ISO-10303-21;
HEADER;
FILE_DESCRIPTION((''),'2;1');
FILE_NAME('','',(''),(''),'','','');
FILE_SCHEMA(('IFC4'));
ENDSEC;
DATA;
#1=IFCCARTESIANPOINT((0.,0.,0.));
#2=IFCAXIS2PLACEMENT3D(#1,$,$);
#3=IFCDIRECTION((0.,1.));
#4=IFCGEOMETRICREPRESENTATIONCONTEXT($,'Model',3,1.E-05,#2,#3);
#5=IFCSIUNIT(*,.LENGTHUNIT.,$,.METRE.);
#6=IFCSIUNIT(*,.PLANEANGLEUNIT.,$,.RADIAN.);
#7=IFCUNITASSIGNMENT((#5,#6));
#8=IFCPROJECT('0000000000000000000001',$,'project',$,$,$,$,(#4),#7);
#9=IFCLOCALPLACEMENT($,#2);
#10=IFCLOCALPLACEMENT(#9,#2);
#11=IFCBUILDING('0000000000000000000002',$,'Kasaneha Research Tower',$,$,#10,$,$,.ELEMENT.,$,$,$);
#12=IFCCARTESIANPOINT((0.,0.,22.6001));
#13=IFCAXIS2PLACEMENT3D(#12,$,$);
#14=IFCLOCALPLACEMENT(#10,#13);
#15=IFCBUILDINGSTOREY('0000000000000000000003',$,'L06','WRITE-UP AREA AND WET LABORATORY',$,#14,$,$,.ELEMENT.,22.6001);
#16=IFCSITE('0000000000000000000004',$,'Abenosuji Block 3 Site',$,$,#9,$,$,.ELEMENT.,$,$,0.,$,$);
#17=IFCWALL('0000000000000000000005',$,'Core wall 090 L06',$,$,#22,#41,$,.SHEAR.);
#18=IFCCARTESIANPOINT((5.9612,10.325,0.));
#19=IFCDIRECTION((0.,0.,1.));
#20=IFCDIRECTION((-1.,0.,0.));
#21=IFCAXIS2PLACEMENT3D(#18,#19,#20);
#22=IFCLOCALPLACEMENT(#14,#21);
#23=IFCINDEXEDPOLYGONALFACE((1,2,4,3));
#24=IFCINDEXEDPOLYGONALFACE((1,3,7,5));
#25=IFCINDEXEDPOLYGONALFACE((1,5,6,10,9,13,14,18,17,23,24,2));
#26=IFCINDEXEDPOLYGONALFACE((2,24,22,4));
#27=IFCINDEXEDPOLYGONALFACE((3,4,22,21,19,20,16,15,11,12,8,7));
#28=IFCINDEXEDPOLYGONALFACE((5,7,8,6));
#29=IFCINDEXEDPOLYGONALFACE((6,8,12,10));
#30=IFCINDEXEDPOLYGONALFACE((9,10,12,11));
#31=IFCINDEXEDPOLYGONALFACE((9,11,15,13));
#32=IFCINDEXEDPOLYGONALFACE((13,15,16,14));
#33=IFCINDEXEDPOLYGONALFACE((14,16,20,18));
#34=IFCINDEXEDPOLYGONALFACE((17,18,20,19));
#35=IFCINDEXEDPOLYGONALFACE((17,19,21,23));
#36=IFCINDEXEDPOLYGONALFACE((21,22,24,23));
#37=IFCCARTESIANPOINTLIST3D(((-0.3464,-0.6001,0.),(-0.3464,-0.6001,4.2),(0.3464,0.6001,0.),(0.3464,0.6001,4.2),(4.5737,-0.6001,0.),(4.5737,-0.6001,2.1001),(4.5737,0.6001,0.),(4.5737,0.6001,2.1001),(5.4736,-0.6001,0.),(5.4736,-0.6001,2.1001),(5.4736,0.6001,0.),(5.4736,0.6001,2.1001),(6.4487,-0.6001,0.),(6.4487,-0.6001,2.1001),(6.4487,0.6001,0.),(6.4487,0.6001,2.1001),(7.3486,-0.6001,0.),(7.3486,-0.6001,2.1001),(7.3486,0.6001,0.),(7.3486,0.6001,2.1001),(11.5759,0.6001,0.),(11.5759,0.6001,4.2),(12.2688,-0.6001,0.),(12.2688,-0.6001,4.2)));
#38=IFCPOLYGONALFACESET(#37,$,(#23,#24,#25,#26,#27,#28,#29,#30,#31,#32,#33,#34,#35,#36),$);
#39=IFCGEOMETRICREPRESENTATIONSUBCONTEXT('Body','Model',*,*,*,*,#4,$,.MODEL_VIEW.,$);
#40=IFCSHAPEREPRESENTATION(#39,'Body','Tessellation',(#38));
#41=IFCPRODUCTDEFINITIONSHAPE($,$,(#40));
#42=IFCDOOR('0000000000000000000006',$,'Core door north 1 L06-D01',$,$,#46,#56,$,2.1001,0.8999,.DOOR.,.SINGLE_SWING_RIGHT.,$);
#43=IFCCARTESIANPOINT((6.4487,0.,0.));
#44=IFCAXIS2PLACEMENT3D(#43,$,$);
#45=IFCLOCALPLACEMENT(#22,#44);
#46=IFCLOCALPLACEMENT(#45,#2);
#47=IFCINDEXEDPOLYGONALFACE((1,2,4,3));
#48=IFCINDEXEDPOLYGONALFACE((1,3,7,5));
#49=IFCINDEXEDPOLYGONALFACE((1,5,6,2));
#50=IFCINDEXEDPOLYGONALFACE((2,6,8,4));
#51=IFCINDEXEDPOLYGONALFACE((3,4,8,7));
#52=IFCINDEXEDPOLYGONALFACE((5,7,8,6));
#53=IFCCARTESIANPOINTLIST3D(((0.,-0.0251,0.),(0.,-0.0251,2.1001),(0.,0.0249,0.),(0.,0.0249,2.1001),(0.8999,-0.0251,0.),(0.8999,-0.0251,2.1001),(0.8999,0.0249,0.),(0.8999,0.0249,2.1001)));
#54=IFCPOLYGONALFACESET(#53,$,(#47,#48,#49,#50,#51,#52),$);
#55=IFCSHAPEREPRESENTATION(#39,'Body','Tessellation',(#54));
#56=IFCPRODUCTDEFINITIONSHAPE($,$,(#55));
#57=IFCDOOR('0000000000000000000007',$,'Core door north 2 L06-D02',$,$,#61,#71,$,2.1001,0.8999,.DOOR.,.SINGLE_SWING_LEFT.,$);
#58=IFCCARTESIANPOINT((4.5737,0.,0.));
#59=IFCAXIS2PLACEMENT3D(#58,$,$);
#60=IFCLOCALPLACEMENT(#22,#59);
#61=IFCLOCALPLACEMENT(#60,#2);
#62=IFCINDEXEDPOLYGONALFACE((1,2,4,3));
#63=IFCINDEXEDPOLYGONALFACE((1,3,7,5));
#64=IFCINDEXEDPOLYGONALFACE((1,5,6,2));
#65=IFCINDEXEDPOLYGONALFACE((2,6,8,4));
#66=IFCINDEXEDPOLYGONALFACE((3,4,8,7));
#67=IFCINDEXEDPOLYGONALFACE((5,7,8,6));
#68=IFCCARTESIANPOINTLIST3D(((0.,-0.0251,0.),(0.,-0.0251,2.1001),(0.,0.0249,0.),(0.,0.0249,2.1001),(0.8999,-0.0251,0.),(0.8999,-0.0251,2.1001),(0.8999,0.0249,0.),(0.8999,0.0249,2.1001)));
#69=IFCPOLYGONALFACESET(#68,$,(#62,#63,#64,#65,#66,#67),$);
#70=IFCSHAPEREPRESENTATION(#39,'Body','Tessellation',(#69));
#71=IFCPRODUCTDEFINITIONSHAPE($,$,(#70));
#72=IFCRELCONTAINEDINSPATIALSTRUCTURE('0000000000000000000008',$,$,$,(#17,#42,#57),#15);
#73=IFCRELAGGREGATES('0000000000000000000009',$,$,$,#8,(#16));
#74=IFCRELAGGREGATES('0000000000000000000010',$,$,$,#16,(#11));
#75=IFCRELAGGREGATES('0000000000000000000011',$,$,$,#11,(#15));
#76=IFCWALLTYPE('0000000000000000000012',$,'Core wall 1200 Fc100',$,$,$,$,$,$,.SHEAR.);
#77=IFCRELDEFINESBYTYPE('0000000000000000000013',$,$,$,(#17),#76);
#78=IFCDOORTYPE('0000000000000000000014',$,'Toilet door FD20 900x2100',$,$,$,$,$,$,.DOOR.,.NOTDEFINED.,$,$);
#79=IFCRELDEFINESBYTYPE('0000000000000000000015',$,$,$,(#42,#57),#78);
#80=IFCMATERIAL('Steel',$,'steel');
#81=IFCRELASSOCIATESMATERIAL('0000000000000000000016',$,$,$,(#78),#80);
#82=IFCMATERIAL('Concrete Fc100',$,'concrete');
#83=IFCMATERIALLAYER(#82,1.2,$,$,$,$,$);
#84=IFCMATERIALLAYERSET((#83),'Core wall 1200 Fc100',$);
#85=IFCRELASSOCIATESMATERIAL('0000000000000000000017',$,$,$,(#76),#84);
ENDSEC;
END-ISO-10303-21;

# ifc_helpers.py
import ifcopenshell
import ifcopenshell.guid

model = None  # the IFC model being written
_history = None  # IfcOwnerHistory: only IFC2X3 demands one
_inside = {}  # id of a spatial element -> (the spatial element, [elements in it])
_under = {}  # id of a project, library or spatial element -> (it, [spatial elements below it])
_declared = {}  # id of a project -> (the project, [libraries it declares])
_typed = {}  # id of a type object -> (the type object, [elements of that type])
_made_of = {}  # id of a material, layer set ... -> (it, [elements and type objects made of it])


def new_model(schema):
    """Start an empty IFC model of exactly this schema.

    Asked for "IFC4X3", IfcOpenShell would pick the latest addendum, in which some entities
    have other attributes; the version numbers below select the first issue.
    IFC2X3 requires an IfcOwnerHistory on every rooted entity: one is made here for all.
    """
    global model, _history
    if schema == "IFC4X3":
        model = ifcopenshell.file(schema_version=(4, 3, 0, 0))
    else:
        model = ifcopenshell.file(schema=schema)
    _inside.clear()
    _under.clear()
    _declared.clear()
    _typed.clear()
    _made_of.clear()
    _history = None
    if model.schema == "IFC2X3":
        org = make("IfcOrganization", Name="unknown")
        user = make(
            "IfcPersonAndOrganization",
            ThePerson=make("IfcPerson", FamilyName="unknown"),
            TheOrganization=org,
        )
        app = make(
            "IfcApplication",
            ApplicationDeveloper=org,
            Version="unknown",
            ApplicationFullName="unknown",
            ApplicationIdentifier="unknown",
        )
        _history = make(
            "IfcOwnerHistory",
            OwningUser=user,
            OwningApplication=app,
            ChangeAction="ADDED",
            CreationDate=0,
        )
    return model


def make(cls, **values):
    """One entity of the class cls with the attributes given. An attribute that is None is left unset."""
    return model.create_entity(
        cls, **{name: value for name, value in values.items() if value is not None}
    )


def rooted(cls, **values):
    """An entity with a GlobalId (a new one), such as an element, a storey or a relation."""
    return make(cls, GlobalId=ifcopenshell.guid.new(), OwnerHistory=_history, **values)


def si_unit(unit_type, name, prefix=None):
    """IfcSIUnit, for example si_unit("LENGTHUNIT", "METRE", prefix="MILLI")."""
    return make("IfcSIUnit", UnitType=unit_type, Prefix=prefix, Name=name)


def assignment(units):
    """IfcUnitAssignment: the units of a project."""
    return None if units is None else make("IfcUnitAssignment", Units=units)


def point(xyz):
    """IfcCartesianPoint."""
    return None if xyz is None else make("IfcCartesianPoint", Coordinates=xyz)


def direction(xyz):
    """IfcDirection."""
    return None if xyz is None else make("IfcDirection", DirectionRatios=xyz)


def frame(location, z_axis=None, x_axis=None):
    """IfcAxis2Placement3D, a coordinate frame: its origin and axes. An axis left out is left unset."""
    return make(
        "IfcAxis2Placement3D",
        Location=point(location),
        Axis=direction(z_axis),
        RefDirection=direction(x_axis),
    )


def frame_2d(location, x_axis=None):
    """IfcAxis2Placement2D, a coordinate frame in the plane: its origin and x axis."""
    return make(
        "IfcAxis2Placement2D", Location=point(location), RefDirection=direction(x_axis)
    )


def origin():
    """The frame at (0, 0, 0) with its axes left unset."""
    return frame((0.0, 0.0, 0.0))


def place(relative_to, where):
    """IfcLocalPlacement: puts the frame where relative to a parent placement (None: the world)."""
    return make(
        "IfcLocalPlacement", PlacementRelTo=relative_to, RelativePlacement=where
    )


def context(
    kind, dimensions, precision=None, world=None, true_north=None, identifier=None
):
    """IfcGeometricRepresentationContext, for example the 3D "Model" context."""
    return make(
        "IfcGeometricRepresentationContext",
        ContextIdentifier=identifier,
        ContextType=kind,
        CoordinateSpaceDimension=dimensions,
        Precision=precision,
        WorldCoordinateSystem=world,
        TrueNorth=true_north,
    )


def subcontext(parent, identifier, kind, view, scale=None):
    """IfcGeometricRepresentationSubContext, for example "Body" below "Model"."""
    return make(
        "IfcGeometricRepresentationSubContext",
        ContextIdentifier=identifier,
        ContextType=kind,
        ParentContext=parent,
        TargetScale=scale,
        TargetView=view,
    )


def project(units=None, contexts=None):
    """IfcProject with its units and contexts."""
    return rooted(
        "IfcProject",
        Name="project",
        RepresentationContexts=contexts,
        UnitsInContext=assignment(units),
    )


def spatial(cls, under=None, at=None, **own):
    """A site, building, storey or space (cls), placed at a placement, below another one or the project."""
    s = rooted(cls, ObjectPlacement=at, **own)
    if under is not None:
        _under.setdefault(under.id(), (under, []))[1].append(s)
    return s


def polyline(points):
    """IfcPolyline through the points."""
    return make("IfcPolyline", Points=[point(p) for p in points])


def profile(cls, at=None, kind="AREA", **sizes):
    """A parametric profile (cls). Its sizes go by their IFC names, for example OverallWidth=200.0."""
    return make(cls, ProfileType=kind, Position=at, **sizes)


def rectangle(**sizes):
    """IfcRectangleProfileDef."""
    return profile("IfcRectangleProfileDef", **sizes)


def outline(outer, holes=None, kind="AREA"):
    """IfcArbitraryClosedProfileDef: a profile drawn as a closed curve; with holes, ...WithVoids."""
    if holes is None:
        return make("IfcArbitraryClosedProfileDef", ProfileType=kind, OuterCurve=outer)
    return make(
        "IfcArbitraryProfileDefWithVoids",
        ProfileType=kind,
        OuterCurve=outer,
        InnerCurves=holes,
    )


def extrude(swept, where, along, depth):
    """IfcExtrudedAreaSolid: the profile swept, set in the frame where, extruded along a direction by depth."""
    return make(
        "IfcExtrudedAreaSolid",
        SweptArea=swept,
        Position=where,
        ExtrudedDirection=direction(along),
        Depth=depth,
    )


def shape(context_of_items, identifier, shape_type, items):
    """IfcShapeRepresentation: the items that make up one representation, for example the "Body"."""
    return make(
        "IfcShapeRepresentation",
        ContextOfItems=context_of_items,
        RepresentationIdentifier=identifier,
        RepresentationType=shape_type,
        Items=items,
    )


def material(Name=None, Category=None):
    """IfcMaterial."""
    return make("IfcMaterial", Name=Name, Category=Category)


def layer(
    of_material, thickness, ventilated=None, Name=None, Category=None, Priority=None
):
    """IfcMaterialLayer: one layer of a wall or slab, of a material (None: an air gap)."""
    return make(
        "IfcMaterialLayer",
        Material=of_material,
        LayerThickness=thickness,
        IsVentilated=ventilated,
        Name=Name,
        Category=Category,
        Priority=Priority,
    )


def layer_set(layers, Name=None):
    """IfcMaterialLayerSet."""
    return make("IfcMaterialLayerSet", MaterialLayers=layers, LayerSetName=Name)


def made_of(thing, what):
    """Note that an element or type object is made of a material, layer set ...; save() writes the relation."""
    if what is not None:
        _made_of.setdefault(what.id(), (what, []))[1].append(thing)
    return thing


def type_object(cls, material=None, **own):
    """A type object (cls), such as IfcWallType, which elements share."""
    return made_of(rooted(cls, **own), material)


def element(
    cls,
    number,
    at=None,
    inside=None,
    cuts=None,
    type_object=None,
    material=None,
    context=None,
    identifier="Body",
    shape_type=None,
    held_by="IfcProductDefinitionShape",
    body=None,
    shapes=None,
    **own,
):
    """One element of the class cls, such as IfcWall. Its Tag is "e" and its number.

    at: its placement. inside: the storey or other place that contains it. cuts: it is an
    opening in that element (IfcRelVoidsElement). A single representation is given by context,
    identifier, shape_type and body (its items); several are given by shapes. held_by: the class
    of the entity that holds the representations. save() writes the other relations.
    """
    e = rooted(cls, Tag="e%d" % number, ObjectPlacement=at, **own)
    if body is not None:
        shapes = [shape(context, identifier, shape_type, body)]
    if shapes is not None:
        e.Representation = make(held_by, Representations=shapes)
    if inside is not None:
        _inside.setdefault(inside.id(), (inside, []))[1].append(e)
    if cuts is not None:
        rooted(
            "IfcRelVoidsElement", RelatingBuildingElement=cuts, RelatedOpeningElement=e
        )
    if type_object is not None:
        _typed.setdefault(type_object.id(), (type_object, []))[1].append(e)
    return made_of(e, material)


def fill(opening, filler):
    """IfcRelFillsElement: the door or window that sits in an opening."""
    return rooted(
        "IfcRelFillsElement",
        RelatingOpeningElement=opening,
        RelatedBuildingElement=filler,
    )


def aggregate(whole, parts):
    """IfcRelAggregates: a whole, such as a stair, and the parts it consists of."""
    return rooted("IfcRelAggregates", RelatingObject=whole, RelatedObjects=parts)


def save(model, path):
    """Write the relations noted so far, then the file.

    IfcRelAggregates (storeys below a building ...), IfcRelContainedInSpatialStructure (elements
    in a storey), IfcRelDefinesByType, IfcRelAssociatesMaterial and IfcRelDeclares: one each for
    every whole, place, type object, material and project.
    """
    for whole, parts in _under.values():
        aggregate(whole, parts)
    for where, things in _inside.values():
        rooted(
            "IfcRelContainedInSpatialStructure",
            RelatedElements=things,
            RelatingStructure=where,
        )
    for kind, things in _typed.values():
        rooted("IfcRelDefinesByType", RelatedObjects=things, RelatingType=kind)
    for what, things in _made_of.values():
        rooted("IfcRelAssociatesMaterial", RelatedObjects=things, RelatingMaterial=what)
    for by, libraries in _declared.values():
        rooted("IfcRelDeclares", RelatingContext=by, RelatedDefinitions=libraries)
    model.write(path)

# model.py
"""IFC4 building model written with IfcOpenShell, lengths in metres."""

from ifc_helpers import new_model, si_unit, direction, frame, frame_2d, origin, place, context, subcontext, project, spatial, polyline, rectangle, outline, extrude, material, layer, layer_set, type_object, element, fill, save


model = new_model("IFC4")

# Units and contexts
model_context = context("Model", 3, precision=1e-05, world=origin(), true_north=direction((0.0, 1.0)))
body_context = subcontext(model_context, "Body", "Model", "MODEL_VIEW")
ifc_project = project(units=[si_unit("LENGTHUNIT", "METRE"), si_unit("PLANEANGLEUNIT", "RADIAN")], contexts=[model_context])

# Site, building, storey
site_placement = place(None, origin())
site = spatial("IfcSite", under=ifc_project, at=site_placement, Name="Abenosuji Block 3 Site", CompositionType="ELEMENT", RefElevation=0.0)
building_placement = place(site_placement, origin())
building = spatial("IfcBuilding", under=site, at=building_placement, Name="Kasaneha Research Tower", CompositionType="ELEMENT")
storey_placement = place(building_placement, frame((0.0, 0.0, 22.6001)))
storey = spatial("IfcBuildingStorey", under=building, at=storey_placement, Name="L06", Description="WRITE-UP AREA AND WET LABORATORY", CompositionType="ELEMENT", Elevation=22.6001)

# Shared definitions
ifc_material_1 = material(Name="Steel", Category="steel")
door_type_1 = type_object("IfcDoorType", Name="Toilet door FD20 900x2100", OperationType="NOTDEFINED", PredefinedType="DOOR", material=ifc_material_1)

# Wall, openings, doors
ifc_material_2 = material(Name="Concrete Fc100", Category="concrete")
ifc_layer_1 = layer(ifc_material_2, 1.2)
ifc_layer_set_1 = layer_set([ifc_layer_1], Name="Core wall 1200 Fc100")
wall_type_1 = type_object("IfcWallType", Name="Core wall 1200 Fc100", PredefinedType="SHEAR", material=ifc_layer_set_1)
wall_1_placement = place(storey_placement, frame((5.9612, 10.325, 0.0), z_axis=(0.0, 0.0, 1.0), x_axis=(-1.0, 0.0, 0.0)))
wall_1 = element("IfcWall", 1, at=wall_1_placement, inside=storey, type_object=wall_type_1, Name="Core wall 090 L06", PredefinedType="SHEAR", context=body_context, shape_type="SweptSolid", body=[
    extrude(outline(polyline([(-0.3464, -0.6001), (4.5737, -0.6001), (5.4736, -0.6001), (6.4487, -0.6001), (7.3486, -0.6001), (12.2688, -0.6001), (11.5759, 0.6001), (7.3486, 0.6001), (6.4487, 0.6001), (5.4736, 0.6001), (4.5737, 0.6001), (0.3464, 0.6001), (-0.3464, -0.6001)])), origin(), (0.0, 0.0, 1.0), 4.2),
])
opening_1_placement = place(wall_1_placement, frame((6.4487, 0.0, 0.0)))
opening_1 = element("IfcOpeningElement", 2, at=opening_1_placement, cuts=wall_1, PredefinedType="OPENING", context=body_context, shape_type="SweptSolid", body=[
    extrude(rectangle(XDim=0.8999, YDim=2.1001, at=frame_2d((0.45, 1.05))), frame((0.0, 0.6099, 0.0), z_axis=(0.0, -1.0, 0.0), x_axis=(1.0, 0.0, 0.0)), (0.0, 0.0, 1.0), 1.22),
])
opening_2_placement = place(wall_1_placement, frame((4.5737, 0.0, 0.0)))
opening_2 = element("IfcOpeningElement", 3, at=opening_2_placement, cuts=wall_1, PredefinedType="OPENING", context=body_context, shape_type="SweptSolid", body=[
    extrude(rectangle(XDim=0.8999, YDim=2.1001, at=frame_2d((0.45, 1.05))), frame((0.0, 0.6099, 0.0), z_axis=(0.0, -1.0, 0.0), x_axis=(1.0, 0.0, 0.0)), (0.0, 0.0, 1.0), 1.22),
])
door_1_placement = place(opening_1_placement, origin())
door_1 = element("IfcDoor", 4, at=door_1_placement, inside=storey, type_object=door_type_1, Name="Core door north 1 L06-D01", OperationType="SINGLE_SWING_RIGHT", OverallHeight=2.1001, OverallWidth=0.8999, PredefinedType="DOOR", context=body_context, shape_type="SweptSolid", body=[
    extrude(rectangle(XDim=0.8999, YDim=2.1001, at=frame_2d((0.45, 1.05))), frame((0.0, 0.0249, 0.0), z_axis=(0.0, -1.0, 0.0), x_axis=(1.0, 0.0, 0.0)), (0.0, 0.0, 1.0), 0.05),
])
fill(opening_1, door_1)
door_2_placement = place(opening_2_placement, origin())
door_2 = element("IfcDoor", 5, at=door_2_placement, inside=storey, type_object=door_type_1, Name="Core door north 2 L06-D02", OperationType="SINGLE_SWING_LEFT", OverallHeight=2.1001, OverallWidth=0.8999, PredefinedType="DOOR", context=body_context, shape_type="SweptSolid", body=[
    extrude(rectangle(XDim=0.8999, YDim=2.1001, at=frame_2d((0.45, 1.05))), frame((0.0, 0.0249, 0.0), z_axis=(0.0, -1.0, 0.0), x_axis=(1.0, 0.0, 0.0)), (0.0, 0.0, 1.0), 0.05),
])
fill(opening_2, door_2)

save(model, "model.ifc")
